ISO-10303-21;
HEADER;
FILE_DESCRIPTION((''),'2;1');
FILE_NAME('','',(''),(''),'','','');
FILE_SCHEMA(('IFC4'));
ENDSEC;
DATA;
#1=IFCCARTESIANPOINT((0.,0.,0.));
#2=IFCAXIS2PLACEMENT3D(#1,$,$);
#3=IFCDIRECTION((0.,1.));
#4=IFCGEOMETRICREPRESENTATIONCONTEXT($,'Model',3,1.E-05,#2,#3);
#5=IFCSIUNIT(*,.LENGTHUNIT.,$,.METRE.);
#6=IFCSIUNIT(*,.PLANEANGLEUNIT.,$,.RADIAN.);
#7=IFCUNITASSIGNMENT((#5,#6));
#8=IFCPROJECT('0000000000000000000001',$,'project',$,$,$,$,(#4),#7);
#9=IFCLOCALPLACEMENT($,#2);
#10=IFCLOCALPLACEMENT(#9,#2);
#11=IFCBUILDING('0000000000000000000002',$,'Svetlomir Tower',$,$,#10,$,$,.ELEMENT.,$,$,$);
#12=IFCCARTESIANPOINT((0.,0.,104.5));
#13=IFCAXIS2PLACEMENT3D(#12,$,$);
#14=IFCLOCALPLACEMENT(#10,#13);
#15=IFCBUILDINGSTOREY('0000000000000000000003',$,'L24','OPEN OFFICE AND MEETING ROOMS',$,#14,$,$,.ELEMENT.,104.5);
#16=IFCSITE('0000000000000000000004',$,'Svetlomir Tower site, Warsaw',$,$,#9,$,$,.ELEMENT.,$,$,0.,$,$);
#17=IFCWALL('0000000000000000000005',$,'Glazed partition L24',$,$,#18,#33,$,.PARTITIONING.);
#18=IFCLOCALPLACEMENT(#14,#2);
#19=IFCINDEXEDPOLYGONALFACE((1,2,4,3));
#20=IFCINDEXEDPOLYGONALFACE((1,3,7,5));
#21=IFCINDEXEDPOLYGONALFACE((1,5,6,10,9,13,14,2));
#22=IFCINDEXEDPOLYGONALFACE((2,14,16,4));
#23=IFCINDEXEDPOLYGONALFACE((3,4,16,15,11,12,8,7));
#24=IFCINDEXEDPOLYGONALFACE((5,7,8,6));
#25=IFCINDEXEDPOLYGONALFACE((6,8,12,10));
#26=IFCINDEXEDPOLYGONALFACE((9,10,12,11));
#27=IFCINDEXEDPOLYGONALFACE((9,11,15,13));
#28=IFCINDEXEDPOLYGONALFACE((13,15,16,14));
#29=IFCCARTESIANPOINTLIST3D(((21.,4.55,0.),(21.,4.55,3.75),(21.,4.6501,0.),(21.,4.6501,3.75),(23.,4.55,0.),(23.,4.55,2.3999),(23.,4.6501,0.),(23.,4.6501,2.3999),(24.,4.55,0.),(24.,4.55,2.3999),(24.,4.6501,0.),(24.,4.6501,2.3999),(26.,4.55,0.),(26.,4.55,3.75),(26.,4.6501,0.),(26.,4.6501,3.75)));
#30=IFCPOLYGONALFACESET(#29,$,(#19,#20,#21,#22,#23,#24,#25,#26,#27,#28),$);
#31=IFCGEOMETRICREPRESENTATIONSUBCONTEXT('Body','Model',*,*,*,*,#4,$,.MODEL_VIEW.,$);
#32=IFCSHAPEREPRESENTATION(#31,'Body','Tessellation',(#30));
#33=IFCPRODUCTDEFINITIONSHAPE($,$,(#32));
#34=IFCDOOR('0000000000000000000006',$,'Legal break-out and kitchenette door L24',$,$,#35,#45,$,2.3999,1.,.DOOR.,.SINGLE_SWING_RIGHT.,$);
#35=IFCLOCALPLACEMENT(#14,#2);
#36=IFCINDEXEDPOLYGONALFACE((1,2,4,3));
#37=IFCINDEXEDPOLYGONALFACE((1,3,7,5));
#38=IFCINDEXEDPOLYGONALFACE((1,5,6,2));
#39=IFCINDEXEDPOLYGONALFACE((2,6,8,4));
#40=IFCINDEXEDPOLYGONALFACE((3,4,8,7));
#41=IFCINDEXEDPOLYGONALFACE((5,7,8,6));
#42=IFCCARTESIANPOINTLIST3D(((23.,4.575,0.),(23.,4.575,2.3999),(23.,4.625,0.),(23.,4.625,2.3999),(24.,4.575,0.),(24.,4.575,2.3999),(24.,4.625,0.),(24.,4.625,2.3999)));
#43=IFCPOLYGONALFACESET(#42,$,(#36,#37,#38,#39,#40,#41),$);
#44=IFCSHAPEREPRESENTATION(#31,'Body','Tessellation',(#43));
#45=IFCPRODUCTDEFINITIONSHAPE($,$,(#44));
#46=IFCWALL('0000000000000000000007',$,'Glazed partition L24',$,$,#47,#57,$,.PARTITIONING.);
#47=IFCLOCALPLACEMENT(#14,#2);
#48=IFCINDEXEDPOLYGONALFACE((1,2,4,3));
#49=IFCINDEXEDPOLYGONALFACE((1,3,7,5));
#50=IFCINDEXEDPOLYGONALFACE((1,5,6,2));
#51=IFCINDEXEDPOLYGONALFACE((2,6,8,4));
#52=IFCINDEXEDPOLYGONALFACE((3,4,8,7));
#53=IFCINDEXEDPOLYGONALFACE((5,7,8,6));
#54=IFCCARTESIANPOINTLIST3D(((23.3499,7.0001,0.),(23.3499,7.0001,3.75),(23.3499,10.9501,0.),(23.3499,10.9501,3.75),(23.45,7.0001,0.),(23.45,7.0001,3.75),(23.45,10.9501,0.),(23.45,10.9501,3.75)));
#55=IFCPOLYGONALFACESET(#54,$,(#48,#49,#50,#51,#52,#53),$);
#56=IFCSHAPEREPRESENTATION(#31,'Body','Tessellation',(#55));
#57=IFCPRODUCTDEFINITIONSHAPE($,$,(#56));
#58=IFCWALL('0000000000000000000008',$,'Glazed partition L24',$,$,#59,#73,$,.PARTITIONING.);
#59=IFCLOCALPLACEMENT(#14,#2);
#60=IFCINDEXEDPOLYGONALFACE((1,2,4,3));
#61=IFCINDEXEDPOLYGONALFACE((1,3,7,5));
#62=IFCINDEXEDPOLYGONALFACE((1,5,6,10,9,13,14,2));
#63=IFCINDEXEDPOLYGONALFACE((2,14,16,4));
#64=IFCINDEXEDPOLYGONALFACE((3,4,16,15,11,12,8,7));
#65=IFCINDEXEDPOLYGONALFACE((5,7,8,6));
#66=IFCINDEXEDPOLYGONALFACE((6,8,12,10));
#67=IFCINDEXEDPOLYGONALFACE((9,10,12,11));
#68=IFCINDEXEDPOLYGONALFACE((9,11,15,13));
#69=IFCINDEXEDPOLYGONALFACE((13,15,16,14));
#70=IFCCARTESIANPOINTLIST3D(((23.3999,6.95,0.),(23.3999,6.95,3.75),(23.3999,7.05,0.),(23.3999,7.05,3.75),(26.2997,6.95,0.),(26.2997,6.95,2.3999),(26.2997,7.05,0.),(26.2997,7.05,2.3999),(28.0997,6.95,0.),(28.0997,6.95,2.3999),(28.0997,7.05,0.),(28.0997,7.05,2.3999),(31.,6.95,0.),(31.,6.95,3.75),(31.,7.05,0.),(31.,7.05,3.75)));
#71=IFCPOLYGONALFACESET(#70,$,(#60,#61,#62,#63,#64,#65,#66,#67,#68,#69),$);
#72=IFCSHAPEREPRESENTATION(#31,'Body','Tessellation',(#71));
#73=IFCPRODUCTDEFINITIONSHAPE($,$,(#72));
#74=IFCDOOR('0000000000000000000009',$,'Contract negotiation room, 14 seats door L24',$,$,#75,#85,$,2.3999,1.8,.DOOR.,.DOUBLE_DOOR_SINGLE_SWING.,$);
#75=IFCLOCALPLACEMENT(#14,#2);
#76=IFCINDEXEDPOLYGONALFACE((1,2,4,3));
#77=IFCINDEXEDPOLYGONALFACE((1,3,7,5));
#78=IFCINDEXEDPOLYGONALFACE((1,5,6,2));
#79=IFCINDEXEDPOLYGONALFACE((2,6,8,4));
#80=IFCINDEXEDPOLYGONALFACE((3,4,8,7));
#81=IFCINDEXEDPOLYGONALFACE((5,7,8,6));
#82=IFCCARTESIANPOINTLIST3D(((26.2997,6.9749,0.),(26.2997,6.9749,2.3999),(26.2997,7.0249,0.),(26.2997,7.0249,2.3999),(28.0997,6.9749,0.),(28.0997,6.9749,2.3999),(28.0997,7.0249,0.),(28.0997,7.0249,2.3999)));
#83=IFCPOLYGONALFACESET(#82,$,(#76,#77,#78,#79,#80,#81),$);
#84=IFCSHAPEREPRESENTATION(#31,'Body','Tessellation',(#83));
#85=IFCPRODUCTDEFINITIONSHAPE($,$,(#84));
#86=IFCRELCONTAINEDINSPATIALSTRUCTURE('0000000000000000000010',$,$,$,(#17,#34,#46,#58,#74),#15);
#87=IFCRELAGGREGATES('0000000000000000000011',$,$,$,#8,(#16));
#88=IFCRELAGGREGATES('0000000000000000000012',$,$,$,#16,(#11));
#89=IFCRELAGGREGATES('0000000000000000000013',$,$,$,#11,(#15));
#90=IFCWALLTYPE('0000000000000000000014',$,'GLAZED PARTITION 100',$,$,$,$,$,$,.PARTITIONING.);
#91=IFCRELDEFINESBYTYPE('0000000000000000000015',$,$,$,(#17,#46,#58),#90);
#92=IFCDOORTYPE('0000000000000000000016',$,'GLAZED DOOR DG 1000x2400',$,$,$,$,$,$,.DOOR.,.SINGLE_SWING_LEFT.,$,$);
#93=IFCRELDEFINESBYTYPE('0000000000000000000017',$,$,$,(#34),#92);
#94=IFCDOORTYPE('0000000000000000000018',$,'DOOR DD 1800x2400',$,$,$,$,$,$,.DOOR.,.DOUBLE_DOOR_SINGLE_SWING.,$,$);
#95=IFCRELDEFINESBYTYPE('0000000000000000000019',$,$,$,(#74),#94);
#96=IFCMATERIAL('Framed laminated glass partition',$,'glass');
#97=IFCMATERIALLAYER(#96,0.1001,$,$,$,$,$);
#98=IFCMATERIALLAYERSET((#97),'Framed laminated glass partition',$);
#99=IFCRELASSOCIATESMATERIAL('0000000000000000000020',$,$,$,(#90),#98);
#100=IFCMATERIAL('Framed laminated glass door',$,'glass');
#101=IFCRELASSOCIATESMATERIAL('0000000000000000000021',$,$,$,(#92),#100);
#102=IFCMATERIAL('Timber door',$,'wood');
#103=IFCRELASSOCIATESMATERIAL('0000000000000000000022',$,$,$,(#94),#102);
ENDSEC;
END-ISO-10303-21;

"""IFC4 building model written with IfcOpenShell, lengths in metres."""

from ifc_helpers import new_model, si_unit, direction, frame, frame_2d, origin, place, context, subcontext, project, spatial, rectangle, extrude, material, layer, layer_set, type_object, element, fill, save


model = new_model("IFC4")

# Units and contexts
model_context = context("Model", 3, precision=1e-05, world=origin(), true_north=direction((0.0, 1.0)))
body_context = subcontext(model_context, "Body", "Model", "MODEL_VIEW")
ifc_project = project(units=[si_unit("LENGTHUNIT", "METRE"), si_unit("PLANEANGLEUNIT", "RADIAN")], contexts=[model_context])

# Site, building, storey
site_placement = place(None, origin())
site = spatial("IfcSite", under=ifc_project, at=site_placement, Name="Svetlomir Tower site, Warsaw", CompositionType="ELEMENT", RefElevation=0.0)
building_placement = place(site_placement, origin())
building = spatial("IfcBuilding", under=site, at=building_placement, Name="Svetlomir Tower", CompositionType="ELEMENT")
storey_placement = place(building_placement, frame((0.0, 0.0, 104.5)))
storey = spatial("IfcBuildingStorey", under=building, at=storey_placement, Name="L24", Description="OPEN OFFICE AND MEETING ROOMS", CompositionType="ELEMENT", Elevation=104.5)

# Shared definitions
ifc_material_1 = material(Name="Framed laminated glass partition", Category="glass")
ifc_layer_1 = layer(ifc_material_1, 0.1001)
ifc_layer_set_1 = layer_set([ifc_layer_1], Name="Framed laminated glass partition")
wall_type_1 = type_object("IfcWallType", Name="GLAZED PARTITION 100", PredefinedType="PARTITIONING", material=ifc_layer_set_1)

# Wall, opening, door
wall_1_placement = place(storey_placement, frame((21.0, 4.6001, 0.0), z_axis=(0.0, 0.0, 1.0), x_axis=(1.0, 0.0, 0.0)))
wall_1 = element("IfcWall", 1, at=wall_1_placement, inside=storey, type_object=wall_type_1, Name="Glazed partition L24", PredefinedType="PARTITIONING", context=body_context, shape_type="SweptSolid", body=[
    extrude(rectangle(XDim=5.0, YDim=0.1001, at=frame_2d((2.5, 0.0))), origin(), (0.0, 0.0, 1.0), 3.75),
])
opening_1_placement = place(wall_1_placement, frame((2.0, 0.0, 0.0)))
opening_1 = element("IfcOpeningElement", 2, at=opening_1_placement, cuts=wall_1, PredefinedType="OPENING", context=body_context, shape_type="SweptSolid", body=[
    extrude(rectangle(XDim=1.0, YDim=2.3999, at=frame_2d((0.5, 1.2))), frame((0.0, 0.0601, 0.0), z_axis=(0.0, -1.0, 0.0), x_axis=(1.0, 0.0, 0.0)), (0.0, 0.0, 1.0), 0.1201),
])
ifc_material_2 = material(Name="Framed laminated glass door", Category="glass")
door_type_1 = type_object("IfcDoorType", Name="GLAZED DOOR DG 1000x2400", OperationType="SINGLE_SWING_LEFT", PredefinedType="DOOR", material=ifc_material_2)
door_1_placement = place(opening_1_placement, origin())
door_1 = element("IfcDoor", 3, at=door_1_placement, inside=storey, type_object=door_type_1, Name="Legal break-out and kitchenette door L24", OperationType="SINGLE_SWING_RIGHT", OverallHeight=2.3999, OverallWidth=1.0, PredefinedType="DOOR", context=body_context, shape_type="SweptSolid", body=[
    extrude(rectangle(XDim=1.0, YDim=2.3999, at=frame_2d((0.5, 1.2))), frame((0.0, 0.0249, 0.0), z_axis=(0.0, -1.0, 0.0), x_axis=(1.0, 0.0, 0.0)), (0.0, 0.0, 1.0), 0.05),
])
fill(opening_1, door_1)

# Wall
wall_2_placement = place(storey_placement, frame((23.3999, 7.0, 0.0), z_axis=(0.0, 0.0, 1.0), x_axis=(0.0, 1.0, 0.0)))
element("IfcWall", 4, at=wall_2_placement, inside=storey, type_object=wall_type_1, Name="Glazed partition L24", PredefinedType="PARTITIONING", context=body_context, shape_type="SweptSolid", body=[
    extrude(rectangle(XDim=3.95, YDim=0.1001, at=frame_2d((1.9751, 0.0))), origin(), (0.0, 0.0, 1.0), 3.75),
])

# Wall, opening, door
wall_3_placement = place(storey_placement, frame((23.3999, 7.0, 0.0), z_axis=(0.0, 0.0, 1.0), x_axis=(1.0, 0.0, 0.0)))
wall_3 = element("IfcWall", 5, at=wall_3_placement, inside=storey, type_object=wall_type_1, Name="Glazed partition L24", PredefinedType="PARTITIONING", context=body_context, shape_type="SweptSolid", body=[
    extrude(rectangle(XDim=7.6001, YDim=0.1001, at=frame_2d((3.8, 0.0))), origin(), (0.0, 0.0, 1.0), 3.75),
])
opening_2_placement = place(wall_3_placement, frame((2.8999, 0.0, 0.0)))
opening_2 = element("IfcOpeningElement", 6, at=opening_2_placement, cuts=wall_3, PredefinedType="OPENING", context=body_context, shape_type="SweptSolid", body=[
    extrude(rectangle(XDim=1.8, YDim=2.3999, at=frame_2d((0.8999, 1.2))), frame((0.0, 0.0601, 0.0), z_axis=(0.0, -1.0, 0.0), x_axis=(1.0, 0.0, 0.0)), (0.0, 0.0, 1.0), 0.1201),
])
ifc_material_3 = material(Name="Timber door", Category="wood")
door_type_2 = type_object("IfcDoorType", Name="DOOR DD 1800x2400", OperationType="DOUBLE_DOOR_SINGLE_SWING", PredefinedType="DOOR", material=ifc_material_3)
door_2_placement = place(opening_2_placement, origin())
door_2 = element("IfcDoor", 7, at=door_2_placement, inside=storey, type_object=door_type_2, Name="Contract negotiation room, 14 seats door L24", OperationType="DOUBLE_DOOR_SINGLE_SWING", OverallHeight=2.3999, OverallWidth=1.8, PredefinedType="DOOR", context=body_context, shape_type="SweptSolid", body=[
    extrude(rectangle(XDim=1.8, YDim=2.3999, at=frame_2d((0.8999, 1.2))), frame((0.0, 0.0249, 0.0), z_axis=(0.0, -1.0, 0.0), x_axis=(1.0, 0.0, 0.0)), (0.0, 0.0, 1.0), 0.05),
])
fill(opening_2, door_2)

save(model, "model.ifc")
